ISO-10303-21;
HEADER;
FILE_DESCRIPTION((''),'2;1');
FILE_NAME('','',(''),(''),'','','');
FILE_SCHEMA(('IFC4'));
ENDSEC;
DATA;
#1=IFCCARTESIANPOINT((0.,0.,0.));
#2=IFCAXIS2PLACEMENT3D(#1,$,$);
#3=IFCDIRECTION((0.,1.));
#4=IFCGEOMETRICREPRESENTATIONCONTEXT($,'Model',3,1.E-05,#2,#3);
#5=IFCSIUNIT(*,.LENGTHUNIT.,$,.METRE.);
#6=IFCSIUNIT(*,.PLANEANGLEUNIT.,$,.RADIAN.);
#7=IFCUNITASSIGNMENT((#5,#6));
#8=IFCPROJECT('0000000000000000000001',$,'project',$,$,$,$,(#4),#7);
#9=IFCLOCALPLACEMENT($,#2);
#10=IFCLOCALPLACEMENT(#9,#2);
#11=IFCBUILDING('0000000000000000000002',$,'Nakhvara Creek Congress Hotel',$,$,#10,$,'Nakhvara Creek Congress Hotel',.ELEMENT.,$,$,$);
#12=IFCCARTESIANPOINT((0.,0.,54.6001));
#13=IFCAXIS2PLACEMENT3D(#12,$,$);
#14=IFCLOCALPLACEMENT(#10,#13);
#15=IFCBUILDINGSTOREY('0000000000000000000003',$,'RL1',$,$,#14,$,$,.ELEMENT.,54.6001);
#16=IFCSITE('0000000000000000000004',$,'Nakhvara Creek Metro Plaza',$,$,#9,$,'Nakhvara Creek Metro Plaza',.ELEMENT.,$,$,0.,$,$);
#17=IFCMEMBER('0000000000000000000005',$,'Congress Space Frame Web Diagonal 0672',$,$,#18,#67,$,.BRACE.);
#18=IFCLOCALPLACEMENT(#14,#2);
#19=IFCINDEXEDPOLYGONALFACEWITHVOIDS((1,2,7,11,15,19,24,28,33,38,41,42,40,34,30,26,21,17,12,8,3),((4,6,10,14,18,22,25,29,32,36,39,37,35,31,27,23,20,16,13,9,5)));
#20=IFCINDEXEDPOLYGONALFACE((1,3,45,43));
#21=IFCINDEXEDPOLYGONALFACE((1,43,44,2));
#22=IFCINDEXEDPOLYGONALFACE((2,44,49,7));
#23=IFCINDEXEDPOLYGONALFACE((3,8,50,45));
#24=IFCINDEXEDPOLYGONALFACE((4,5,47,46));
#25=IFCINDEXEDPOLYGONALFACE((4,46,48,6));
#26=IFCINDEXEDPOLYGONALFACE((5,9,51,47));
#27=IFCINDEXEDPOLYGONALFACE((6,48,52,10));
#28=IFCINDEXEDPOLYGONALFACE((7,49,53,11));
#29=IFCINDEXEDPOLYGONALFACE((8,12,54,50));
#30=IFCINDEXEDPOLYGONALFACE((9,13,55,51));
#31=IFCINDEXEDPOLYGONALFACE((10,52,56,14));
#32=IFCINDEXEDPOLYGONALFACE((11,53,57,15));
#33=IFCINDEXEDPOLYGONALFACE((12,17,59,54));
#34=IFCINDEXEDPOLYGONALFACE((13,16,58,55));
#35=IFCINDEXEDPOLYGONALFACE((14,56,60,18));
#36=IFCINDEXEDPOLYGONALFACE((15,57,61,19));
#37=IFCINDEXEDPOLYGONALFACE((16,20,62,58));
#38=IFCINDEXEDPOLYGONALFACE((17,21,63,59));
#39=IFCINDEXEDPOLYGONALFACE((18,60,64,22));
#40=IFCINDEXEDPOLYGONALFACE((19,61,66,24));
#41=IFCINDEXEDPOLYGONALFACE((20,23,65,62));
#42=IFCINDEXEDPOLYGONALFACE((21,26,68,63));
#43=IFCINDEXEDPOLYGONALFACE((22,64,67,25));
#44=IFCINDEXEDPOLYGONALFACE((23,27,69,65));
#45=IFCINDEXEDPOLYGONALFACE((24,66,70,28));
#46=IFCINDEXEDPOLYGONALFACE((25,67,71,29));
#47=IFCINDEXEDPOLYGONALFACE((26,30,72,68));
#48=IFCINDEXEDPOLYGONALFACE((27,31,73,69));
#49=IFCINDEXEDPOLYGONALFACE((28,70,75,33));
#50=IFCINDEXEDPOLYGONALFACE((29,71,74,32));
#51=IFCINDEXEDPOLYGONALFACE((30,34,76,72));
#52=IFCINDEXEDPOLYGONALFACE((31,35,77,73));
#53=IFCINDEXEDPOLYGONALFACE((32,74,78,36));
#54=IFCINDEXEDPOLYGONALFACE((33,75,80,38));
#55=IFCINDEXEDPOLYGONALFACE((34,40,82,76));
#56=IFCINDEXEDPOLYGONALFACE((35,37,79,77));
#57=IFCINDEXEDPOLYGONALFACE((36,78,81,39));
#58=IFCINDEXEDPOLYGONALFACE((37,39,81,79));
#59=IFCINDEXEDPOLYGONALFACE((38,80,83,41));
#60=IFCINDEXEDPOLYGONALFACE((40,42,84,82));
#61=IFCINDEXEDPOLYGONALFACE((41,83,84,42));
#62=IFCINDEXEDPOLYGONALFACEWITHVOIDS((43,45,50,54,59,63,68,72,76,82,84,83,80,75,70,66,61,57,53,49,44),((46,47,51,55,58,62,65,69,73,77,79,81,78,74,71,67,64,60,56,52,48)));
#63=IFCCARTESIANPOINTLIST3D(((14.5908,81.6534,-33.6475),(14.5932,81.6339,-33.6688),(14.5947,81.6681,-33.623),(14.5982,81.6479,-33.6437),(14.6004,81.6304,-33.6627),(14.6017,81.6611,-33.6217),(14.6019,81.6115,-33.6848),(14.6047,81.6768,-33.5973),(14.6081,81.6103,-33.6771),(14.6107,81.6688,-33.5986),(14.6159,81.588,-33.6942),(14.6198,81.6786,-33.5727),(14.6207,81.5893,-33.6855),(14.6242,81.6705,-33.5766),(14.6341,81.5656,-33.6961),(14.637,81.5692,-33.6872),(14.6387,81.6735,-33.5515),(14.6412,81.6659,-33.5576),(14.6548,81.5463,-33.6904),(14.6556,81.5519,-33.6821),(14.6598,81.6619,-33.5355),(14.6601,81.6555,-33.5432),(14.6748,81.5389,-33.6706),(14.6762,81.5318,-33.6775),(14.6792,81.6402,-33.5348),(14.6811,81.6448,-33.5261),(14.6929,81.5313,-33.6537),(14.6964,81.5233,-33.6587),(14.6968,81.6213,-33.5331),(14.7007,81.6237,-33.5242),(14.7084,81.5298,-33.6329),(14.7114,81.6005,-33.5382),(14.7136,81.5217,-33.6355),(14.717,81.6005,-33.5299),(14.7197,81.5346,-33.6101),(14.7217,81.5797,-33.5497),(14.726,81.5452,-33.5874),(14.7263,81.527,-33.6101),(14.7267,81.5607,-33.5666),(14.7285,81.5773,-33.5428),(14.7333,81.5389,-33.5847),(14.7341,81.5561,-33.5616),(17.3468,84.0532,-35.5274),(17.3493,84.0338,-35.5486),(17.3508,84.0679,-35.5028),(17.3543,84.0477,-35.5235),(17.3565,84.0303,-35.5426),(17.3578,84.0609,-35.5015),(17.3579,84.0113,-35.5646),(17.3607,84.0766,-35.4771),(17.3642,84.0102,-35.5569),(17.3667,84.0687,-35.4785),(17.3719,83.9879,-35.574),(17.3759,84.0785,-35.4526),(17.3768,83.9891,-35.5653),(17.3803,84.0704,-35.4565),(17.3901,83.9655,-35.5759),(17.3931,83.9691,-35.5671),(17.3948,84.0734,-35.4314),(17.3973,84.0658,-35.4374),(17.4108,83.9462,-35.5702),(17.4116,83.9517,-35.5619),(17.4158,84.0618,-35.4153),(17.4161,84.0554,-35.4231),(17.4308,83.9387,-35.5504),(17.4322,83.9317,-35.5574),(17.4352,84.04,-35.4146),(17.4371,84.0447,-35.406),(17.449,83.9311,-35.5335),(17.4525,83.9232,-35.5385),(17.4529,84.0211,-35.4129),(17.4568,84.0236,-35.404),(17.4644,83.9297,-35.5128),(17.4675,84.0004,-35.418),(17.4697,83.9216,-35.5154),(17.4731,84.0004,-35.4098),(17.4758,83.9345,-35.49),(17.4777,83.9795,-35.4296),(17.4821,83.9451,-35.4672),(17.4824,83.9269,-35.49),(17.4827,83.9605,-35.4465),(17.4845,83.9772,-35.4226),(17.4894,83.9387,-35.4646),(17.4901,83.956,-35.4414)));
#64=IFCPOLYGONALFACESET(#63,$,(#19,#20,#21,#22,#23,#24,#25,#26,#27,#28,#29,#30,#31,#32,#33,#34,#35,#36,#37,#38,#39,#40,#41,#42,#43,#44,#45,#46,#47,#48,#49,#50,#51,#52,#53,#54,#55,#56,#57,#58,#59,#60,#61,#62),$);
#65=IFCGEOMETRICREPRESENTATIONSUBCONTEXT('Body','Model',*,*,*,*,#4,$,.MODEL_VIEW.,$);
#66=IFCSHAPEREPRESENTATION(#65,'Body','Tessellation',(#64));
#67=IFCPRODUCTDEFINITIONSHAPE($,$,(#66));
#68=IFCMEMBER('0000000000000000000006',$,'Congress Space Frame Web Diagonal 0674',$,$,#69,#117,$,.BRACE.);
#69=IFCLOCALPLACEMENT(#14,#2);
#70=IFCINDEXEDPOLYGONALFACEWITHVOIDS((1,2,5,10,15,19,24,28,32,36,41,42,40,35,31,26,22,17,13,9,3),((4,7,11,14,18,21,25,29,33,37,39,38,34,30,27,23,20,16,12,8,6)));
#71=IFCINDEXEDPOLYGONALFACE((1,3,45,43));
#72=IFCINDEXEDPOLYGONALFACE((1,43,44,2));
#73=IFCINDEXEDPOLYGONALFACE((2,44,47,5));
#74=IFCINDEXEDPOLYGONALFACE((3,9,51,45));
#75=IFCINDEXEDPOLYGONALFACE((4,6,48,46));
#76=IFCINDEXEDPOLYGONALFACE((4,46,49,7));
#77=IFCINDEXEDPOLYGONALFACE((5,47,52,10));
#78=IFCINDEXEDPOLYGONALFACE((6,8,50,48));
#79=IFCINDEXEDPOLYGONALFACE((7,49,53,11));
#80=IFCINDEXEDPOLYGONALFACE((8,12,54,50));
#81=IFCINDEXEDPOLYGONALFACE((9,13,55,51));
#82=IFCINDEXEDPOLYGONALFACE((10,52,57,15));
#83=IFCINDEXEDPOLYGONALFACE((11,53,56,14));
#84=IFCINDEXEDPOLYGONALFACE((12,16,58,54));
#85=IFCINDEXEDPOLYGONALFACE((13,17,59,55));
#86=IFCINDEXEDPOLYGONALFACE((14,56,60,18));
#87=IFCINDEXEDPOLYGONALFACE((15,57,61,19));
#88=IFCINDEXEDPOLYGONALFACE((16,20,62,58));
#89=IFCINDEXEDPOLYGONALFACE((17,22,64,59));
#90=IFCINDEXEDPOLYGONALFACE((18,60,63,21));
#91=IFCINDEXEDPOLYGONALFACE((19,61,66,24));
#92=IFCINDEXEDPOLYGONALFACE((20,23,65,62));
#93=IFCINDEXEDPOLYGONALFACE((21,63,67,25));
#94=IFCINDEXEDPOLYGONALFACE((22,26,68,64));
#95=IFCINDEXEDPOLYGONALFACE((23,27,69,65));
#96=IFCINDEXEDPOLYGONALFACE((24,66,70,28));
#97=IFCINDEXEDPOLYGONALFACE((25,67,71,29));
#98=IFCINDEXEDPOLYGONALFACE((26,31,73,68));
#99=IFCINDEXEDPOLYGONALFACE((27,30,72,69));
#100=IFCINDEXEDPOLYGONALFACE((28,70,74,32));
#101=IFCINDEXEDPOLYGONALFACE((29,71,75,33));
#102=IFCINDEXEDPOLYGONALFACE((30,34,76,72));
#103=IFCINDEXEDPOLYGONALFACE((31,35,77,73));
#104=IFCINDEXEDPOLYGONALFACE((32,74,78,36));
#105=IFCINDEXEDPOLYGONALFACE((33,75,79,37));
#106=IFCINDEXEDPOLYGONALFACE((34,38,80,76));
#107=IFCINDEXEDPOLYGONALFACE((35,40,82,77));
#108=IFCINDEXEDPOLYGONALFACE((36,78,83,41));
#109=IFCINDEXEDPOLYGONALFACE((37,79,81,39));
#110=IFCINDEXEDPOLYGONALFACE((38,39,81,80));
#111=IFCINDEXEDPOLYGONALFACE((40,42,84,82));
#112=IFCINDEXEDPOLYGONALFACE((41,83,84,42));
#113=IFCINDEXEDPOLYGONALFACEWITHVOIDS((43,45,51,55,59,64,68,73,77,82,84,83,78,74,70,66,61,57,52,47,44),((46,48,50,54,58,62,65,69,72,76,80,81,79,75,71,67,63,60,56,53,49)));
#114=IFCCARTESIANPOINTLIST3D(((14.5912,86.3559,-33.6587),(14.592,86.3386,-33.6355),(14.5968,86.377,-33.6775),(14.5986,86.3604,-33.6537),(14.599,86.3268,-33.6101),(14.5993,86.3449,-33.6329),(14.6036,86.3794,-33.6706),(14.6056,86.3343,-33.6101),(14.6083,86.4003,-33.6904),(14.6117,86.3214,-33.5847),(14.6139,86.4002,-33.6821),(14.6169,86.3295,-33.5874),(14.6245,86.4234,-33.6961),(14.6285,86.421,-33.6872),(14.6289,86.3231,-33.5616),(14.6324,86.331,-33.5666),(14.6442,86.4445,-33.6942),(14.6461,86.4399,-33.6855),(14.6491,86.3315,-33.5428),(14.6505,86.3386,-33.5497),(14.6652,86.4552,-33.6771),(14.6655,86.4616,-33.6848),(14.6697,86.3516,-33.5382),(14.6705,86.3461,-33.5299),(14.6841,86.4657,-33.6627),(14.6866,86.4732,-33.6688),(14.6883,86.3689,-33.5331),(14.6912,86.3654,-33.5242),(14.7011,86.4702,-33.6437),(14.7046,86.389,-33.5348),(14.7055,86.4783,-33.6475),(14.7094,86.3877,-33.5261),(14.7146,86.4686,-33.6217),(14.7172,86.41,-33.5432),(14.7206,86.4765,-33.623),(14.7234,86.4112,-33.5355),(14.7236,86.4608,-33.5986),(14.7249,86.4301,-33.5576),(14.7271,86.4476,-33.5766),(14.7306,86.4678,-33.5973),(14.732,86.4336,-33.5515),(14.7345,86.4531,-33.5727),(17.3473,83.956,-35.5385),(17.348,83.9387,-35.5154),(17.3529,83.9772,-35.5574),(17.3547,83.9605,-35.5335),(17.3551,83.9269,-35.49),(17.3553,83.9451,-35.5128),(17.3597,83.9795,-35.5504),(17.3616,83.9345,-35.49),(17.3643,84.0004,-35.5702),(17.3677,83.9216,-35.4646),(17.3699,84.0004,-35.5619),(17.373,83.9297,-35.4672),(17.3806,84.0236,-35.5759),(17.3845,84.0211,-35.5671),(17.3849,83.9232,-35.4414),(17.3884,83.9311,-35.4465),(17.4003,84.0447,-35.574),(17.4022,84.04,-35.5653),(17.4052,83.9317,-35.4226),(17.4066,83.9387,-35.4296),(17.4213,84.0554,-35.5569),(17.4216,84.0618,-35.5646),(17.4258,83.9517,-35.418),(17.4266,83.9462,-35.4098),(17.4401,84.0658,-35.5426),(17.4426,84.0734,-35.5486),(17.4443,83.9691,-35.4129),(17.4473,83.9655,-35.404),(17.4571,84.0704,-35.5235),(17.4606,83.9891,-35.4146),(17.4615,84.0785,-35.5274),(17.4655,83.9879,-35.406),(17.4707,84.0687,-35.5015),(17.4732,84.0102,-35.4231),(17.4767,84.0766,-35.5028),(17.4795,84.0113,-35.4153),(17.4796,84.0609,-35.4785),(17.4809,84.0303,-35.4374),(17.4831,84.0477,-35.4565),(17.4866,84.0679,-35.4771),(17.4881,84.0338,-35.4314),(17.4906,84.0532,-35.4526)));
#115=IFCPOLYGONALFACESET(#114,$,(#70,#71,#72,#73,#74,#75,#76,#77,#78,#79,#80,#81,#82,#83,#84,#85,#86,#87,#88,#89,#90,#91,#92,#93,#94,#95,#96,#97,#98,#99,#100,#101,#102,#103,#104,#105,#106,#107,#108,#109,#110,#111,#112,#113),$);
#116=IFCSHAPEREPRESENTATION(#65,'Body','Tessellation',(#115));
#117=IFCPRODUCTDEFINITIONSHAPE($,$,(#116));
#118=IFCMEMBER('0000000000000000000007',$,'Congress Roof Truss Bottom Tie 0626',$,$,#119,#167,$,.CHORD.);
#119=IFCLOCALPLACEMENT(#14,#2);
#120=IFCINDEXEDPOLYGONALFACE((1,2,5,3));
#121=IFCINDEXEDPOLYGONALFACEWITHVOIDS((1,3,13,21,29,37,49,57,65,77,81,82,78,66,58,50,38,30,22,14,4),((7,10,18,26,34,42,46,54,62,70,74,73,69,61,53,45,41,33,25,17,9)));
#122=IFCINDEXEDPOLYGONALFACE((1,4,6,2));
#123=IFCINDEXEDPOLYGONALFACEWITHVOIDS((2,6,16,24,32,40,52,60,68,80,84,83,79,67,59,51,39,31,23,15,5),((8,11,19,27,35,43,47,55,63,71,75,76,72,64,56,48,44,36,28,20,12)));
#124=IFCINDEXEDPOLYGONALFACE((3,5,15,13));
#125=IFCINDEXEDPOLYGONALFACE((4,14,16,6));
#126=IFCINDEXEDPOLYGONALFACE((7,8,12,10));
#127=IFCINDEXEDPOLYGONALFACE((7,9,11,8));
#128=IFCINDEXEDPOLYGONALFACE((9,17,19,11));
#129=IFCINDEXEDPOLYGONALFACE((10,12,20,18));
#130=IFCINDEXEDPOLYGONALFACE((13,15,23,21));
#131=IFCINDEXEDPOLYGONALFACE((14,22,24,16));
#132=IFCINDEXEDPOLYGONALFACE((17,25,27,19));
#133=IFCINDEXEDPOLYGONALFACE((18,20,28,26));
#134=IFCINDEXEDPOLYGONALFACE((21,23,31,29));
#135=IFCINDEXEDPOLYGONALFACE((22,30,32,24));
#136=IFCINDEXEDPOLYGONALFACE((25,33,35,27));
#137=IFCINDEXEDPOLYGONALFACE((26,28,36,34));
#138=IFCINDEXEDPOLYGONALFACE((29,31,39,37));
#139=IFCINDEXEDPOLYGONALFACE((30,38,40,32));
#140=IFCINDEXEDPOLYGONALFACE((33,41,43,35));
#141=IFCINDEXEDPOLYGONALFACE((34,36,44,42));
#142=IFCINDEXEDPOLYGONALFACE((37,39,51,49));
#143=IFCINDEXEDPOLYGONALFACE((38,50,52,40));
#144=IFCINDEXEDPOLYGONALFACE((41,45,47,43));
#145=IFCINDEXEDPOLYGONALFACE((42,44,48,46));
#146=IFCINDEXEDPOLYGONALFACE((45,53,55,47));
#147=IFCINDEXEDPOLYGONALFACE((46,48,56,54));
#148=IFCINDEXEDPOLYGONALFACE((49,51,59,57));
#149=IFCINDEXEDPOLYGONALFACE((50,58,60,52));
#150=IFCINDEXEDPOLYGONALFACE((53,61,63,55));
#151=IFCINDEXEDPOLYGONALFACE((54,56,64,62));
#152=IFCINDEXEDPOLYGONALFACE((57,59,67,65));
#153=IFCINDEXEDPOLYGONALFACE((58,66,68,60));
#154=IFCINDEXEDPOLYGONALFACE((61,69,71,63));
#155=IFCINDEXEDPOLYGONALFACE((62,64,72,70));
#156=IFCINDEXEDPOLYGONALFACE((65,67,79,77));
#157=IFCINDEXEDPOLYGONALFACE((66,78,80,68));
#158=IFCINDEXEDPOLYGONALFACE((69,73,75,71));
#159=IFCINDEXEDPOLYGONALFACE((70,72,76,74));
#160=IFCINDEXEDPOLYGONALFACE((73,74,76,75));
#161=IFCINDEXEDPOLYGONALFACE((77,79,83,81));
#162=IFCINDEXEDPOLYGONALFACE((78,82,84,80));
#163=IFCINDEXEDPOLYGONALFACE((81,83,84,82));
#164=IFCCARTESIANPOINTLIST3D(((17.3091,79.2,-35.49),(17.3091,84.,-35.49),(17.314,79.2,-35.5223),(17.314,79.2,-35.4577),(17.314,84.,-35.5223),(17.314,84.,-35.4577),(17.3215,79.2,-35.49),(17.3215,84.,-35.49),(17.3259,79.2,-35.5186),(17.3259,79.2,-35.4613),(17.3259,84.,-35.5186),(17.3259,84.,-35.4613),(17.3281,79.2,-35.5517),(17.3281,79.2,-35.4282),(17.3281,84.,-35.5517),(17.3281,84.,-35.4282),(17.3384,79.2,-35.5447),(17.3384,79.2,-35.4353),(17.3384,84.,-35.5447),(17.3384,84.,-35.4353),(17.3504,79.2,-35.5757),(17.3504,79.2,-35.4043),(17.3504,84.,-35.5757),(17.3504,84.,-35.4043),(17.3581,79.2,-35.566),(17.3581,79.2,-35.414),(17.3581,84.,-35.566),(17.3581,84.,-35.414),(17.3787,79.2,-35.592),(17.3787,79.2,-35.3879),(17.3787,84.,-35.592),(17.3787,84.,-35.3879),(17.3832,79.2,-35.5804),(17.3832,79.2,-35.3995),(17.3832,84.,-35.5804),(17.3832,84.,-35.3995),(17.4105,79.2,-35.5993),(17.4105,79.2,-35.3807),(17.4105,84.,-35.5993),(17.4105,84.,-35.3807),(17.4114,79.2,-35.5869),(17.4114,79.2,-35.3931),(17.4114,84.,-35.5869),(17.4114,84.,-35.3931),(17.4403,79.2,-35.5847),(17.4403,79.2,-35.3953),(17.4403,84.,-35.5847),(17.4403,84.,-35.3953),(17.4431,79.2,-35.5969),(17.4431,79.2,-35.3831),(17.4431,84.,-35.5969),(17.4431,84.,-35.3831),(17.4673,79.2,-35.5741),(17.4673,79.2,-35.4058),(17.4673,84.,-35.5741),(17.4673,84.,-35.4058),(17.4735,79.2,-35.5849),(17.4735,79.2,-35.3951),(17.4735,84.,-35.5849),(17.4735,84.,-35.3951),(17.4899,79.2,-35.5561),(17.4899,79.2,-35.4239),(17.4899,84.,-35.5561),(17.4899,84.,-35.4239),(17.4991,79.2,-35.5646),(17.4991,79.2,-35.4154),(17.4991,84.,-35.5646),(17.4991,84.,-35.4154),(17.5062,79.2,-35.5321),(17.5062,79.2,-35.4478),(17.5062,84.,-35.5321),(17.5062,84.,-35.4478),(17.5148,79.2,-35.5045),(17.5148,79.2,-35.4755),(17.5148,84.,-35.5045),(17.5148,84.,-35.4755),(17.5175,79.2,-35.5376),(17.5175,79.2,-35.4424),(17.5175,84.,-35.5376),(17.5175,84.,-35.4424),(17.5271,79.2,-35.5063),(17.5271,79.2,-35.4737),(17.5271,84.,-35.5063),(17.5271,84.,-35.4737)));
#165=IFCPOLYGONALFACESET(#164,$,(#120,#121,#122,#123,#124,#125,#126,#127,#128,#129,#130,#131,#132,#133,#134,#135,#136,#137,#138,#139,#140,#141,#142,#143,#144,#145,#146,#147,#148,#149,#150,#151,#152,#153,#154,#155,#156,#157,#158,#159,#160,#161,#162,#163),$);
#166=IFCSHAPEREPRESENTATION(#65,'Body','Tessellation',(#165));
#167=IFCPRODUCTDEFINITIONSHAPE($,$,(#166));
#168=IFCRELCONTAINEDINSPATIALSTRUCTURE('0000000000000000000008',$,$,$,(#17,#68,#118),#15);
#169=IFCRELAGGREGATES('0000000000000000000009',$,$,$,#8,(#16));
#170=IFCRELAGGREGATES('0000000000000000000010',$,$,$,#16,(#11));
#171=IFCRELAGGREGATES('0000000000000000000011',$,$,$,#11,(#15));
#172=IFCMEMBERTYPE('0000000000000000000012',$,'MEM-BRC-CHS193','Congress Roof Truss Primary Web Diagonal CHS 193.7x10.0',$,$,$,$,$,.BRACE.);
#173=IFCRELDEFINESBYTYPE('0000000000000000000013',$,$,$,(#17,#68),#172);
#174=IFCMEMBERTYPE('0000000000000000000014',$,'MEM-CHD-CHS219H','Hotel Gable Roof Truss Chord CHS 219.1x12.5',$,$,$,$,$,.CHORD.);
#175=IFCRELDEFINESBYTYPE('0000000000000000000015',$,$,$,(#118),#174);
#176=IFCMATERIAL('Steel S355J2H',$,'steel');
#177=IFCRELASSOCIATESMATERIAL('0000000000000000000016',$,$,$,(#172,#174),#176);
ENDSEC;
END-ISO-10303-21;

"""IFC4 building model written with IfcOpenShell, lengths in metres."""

from ifc_helpers import new_model, si_unit, direction, frame, origin, origin_2d, place, context, subcontext, project, spatial, hollow_circle, extrude, material, material_profile, profile_set, type_object, element, save


model = new_model("IFC4")

# Units and contexts
model_context = context("Model", 3, precision=1e-05, world=origin(), true_north=direction((0.0, 1.0)))
body_context = subcontext(model_context, "Body", "Model", "MODEL_VIEW")
ifc_project = project(units=[si_unit("LENGTHUNIT", "METRE"), si_unit("PLANEANGLEUNIT", "RADIAN")], contexts=[model_context])

# Site, building, storey
site_placement = place(None, origin())
site = spatial("IfcSite", under=ifc_project, at=site_placement, Name="Nakhvara Creek Metro Plaza", LongName="Nakhvara Creek Metro Plaza", CompositionType="ELEMENT", RefElevation=0.0)
building_placement = place(site_placement, origin())
building = spatial("IfcBuilding", under=site, at=building_placement, Name="Nakhvara Creek Congress Hotel", LongName="Nakhvara Creek Congress Hotel", CompositionType="ELEMENT")
storey_placement = place(building_placement, frame((0.0, 0.0, 54.6001)))
storey = spatial("IfcBuildingStorey", under=building, at=storey_placement, Name="RL1", CompositionType="ELEMENT", Elevation=54.6001)

# Members
ifc_material_1 = material(Name="Steel S355J2H", Category="steel")
ifc_material_profile_1 = material_profile(ifc_material_1, hollow_circle(Radius=0.0969, WallThickness=0.01, at=origin_2d()), Name="CHS 193.7x10.0", Category="LoadBearing")
ifc_profile_set_1 = profile_set([ifc_material_profile_1], Name="Steel S355J2H")
member_type_1 = type_object("IfcMemberType", Name="MEM-BRC-CHS193", Description="Congress Roof Truss Primary Web Diagonal CHS 193.7x10.0", PredefinedType="BRACE", material=ifc_profile_set_1)
for number, where, z_axis, x_axis, name in (
    (1, (17.4187, 84.0, -35.49), (-0.670634, -0.583961, 0.457426), (0.656691, -0.75416, 0.0), "Congress Space Frame Web Diagonal 0672"),
    (2, (17.4187, 84.0, -35.49), (-0.670634, 0.583961, 0.457426), (-0.656691, -0.75416, 0.0), "Congress Space Frame Web Diagonal 0674"),
):
    element("IfcMember", number, at=place(storey_placement, frame(where, z_axis=z_axis, x_axis=x_axis)), inside=storey, type_object=member_type_1, Name=name, PredefinedType="BRACE", context=body_context, shape_type="SweptSolid", body=[
        extrude(hollow_circle(Radius=0.0969, WallThickness=0.01, at=origin_2d()), origin(), (0.0, 0.0, 1.0), 4.1096),
    ])
ifc_material_profile_2 = material_profile(ifc_material_1, hollow_circle(Radius=0.1096, WallThickness=0.0125, at=origin_2d()), Name="CHS 219.1x12.5", Category="LoadBearing")
ifc_profile_set_2 = profile_set([ifc_material_profile_2], Name="Steel S355J2H")
member_type_2 = type_object("IfcMemberType", Name="MEM-CHD-CHS219H", Description="Hotel Gable Roof Truss Chord CHS 219.1x12.5", PredefinedType="CHORD", material=ifc_profile_set_2)
member_1_placement = place(storey_placement, frame((17.4187, 79.2, -35.49), z_axis=(0.0, 1.0, 0.0), x_axis=(-1.0, 0.0, 0.0)))
element("IfcMember", 3, at=member_1_placement, inside=storey, type_object=member_type_2, Name="Congress Roof Truss Bottom Tie 0626", PredefinedType="CHORD", context=body_context, shape_type="SweptSolid", body=[
    extrude(hollow_circle(Radius=0.1096, WallThickness=0.0125, at=origin_2d()), origin(), (0.0, 0.0, 1.0), 4.8),
])

save(model, "model.ifc")
